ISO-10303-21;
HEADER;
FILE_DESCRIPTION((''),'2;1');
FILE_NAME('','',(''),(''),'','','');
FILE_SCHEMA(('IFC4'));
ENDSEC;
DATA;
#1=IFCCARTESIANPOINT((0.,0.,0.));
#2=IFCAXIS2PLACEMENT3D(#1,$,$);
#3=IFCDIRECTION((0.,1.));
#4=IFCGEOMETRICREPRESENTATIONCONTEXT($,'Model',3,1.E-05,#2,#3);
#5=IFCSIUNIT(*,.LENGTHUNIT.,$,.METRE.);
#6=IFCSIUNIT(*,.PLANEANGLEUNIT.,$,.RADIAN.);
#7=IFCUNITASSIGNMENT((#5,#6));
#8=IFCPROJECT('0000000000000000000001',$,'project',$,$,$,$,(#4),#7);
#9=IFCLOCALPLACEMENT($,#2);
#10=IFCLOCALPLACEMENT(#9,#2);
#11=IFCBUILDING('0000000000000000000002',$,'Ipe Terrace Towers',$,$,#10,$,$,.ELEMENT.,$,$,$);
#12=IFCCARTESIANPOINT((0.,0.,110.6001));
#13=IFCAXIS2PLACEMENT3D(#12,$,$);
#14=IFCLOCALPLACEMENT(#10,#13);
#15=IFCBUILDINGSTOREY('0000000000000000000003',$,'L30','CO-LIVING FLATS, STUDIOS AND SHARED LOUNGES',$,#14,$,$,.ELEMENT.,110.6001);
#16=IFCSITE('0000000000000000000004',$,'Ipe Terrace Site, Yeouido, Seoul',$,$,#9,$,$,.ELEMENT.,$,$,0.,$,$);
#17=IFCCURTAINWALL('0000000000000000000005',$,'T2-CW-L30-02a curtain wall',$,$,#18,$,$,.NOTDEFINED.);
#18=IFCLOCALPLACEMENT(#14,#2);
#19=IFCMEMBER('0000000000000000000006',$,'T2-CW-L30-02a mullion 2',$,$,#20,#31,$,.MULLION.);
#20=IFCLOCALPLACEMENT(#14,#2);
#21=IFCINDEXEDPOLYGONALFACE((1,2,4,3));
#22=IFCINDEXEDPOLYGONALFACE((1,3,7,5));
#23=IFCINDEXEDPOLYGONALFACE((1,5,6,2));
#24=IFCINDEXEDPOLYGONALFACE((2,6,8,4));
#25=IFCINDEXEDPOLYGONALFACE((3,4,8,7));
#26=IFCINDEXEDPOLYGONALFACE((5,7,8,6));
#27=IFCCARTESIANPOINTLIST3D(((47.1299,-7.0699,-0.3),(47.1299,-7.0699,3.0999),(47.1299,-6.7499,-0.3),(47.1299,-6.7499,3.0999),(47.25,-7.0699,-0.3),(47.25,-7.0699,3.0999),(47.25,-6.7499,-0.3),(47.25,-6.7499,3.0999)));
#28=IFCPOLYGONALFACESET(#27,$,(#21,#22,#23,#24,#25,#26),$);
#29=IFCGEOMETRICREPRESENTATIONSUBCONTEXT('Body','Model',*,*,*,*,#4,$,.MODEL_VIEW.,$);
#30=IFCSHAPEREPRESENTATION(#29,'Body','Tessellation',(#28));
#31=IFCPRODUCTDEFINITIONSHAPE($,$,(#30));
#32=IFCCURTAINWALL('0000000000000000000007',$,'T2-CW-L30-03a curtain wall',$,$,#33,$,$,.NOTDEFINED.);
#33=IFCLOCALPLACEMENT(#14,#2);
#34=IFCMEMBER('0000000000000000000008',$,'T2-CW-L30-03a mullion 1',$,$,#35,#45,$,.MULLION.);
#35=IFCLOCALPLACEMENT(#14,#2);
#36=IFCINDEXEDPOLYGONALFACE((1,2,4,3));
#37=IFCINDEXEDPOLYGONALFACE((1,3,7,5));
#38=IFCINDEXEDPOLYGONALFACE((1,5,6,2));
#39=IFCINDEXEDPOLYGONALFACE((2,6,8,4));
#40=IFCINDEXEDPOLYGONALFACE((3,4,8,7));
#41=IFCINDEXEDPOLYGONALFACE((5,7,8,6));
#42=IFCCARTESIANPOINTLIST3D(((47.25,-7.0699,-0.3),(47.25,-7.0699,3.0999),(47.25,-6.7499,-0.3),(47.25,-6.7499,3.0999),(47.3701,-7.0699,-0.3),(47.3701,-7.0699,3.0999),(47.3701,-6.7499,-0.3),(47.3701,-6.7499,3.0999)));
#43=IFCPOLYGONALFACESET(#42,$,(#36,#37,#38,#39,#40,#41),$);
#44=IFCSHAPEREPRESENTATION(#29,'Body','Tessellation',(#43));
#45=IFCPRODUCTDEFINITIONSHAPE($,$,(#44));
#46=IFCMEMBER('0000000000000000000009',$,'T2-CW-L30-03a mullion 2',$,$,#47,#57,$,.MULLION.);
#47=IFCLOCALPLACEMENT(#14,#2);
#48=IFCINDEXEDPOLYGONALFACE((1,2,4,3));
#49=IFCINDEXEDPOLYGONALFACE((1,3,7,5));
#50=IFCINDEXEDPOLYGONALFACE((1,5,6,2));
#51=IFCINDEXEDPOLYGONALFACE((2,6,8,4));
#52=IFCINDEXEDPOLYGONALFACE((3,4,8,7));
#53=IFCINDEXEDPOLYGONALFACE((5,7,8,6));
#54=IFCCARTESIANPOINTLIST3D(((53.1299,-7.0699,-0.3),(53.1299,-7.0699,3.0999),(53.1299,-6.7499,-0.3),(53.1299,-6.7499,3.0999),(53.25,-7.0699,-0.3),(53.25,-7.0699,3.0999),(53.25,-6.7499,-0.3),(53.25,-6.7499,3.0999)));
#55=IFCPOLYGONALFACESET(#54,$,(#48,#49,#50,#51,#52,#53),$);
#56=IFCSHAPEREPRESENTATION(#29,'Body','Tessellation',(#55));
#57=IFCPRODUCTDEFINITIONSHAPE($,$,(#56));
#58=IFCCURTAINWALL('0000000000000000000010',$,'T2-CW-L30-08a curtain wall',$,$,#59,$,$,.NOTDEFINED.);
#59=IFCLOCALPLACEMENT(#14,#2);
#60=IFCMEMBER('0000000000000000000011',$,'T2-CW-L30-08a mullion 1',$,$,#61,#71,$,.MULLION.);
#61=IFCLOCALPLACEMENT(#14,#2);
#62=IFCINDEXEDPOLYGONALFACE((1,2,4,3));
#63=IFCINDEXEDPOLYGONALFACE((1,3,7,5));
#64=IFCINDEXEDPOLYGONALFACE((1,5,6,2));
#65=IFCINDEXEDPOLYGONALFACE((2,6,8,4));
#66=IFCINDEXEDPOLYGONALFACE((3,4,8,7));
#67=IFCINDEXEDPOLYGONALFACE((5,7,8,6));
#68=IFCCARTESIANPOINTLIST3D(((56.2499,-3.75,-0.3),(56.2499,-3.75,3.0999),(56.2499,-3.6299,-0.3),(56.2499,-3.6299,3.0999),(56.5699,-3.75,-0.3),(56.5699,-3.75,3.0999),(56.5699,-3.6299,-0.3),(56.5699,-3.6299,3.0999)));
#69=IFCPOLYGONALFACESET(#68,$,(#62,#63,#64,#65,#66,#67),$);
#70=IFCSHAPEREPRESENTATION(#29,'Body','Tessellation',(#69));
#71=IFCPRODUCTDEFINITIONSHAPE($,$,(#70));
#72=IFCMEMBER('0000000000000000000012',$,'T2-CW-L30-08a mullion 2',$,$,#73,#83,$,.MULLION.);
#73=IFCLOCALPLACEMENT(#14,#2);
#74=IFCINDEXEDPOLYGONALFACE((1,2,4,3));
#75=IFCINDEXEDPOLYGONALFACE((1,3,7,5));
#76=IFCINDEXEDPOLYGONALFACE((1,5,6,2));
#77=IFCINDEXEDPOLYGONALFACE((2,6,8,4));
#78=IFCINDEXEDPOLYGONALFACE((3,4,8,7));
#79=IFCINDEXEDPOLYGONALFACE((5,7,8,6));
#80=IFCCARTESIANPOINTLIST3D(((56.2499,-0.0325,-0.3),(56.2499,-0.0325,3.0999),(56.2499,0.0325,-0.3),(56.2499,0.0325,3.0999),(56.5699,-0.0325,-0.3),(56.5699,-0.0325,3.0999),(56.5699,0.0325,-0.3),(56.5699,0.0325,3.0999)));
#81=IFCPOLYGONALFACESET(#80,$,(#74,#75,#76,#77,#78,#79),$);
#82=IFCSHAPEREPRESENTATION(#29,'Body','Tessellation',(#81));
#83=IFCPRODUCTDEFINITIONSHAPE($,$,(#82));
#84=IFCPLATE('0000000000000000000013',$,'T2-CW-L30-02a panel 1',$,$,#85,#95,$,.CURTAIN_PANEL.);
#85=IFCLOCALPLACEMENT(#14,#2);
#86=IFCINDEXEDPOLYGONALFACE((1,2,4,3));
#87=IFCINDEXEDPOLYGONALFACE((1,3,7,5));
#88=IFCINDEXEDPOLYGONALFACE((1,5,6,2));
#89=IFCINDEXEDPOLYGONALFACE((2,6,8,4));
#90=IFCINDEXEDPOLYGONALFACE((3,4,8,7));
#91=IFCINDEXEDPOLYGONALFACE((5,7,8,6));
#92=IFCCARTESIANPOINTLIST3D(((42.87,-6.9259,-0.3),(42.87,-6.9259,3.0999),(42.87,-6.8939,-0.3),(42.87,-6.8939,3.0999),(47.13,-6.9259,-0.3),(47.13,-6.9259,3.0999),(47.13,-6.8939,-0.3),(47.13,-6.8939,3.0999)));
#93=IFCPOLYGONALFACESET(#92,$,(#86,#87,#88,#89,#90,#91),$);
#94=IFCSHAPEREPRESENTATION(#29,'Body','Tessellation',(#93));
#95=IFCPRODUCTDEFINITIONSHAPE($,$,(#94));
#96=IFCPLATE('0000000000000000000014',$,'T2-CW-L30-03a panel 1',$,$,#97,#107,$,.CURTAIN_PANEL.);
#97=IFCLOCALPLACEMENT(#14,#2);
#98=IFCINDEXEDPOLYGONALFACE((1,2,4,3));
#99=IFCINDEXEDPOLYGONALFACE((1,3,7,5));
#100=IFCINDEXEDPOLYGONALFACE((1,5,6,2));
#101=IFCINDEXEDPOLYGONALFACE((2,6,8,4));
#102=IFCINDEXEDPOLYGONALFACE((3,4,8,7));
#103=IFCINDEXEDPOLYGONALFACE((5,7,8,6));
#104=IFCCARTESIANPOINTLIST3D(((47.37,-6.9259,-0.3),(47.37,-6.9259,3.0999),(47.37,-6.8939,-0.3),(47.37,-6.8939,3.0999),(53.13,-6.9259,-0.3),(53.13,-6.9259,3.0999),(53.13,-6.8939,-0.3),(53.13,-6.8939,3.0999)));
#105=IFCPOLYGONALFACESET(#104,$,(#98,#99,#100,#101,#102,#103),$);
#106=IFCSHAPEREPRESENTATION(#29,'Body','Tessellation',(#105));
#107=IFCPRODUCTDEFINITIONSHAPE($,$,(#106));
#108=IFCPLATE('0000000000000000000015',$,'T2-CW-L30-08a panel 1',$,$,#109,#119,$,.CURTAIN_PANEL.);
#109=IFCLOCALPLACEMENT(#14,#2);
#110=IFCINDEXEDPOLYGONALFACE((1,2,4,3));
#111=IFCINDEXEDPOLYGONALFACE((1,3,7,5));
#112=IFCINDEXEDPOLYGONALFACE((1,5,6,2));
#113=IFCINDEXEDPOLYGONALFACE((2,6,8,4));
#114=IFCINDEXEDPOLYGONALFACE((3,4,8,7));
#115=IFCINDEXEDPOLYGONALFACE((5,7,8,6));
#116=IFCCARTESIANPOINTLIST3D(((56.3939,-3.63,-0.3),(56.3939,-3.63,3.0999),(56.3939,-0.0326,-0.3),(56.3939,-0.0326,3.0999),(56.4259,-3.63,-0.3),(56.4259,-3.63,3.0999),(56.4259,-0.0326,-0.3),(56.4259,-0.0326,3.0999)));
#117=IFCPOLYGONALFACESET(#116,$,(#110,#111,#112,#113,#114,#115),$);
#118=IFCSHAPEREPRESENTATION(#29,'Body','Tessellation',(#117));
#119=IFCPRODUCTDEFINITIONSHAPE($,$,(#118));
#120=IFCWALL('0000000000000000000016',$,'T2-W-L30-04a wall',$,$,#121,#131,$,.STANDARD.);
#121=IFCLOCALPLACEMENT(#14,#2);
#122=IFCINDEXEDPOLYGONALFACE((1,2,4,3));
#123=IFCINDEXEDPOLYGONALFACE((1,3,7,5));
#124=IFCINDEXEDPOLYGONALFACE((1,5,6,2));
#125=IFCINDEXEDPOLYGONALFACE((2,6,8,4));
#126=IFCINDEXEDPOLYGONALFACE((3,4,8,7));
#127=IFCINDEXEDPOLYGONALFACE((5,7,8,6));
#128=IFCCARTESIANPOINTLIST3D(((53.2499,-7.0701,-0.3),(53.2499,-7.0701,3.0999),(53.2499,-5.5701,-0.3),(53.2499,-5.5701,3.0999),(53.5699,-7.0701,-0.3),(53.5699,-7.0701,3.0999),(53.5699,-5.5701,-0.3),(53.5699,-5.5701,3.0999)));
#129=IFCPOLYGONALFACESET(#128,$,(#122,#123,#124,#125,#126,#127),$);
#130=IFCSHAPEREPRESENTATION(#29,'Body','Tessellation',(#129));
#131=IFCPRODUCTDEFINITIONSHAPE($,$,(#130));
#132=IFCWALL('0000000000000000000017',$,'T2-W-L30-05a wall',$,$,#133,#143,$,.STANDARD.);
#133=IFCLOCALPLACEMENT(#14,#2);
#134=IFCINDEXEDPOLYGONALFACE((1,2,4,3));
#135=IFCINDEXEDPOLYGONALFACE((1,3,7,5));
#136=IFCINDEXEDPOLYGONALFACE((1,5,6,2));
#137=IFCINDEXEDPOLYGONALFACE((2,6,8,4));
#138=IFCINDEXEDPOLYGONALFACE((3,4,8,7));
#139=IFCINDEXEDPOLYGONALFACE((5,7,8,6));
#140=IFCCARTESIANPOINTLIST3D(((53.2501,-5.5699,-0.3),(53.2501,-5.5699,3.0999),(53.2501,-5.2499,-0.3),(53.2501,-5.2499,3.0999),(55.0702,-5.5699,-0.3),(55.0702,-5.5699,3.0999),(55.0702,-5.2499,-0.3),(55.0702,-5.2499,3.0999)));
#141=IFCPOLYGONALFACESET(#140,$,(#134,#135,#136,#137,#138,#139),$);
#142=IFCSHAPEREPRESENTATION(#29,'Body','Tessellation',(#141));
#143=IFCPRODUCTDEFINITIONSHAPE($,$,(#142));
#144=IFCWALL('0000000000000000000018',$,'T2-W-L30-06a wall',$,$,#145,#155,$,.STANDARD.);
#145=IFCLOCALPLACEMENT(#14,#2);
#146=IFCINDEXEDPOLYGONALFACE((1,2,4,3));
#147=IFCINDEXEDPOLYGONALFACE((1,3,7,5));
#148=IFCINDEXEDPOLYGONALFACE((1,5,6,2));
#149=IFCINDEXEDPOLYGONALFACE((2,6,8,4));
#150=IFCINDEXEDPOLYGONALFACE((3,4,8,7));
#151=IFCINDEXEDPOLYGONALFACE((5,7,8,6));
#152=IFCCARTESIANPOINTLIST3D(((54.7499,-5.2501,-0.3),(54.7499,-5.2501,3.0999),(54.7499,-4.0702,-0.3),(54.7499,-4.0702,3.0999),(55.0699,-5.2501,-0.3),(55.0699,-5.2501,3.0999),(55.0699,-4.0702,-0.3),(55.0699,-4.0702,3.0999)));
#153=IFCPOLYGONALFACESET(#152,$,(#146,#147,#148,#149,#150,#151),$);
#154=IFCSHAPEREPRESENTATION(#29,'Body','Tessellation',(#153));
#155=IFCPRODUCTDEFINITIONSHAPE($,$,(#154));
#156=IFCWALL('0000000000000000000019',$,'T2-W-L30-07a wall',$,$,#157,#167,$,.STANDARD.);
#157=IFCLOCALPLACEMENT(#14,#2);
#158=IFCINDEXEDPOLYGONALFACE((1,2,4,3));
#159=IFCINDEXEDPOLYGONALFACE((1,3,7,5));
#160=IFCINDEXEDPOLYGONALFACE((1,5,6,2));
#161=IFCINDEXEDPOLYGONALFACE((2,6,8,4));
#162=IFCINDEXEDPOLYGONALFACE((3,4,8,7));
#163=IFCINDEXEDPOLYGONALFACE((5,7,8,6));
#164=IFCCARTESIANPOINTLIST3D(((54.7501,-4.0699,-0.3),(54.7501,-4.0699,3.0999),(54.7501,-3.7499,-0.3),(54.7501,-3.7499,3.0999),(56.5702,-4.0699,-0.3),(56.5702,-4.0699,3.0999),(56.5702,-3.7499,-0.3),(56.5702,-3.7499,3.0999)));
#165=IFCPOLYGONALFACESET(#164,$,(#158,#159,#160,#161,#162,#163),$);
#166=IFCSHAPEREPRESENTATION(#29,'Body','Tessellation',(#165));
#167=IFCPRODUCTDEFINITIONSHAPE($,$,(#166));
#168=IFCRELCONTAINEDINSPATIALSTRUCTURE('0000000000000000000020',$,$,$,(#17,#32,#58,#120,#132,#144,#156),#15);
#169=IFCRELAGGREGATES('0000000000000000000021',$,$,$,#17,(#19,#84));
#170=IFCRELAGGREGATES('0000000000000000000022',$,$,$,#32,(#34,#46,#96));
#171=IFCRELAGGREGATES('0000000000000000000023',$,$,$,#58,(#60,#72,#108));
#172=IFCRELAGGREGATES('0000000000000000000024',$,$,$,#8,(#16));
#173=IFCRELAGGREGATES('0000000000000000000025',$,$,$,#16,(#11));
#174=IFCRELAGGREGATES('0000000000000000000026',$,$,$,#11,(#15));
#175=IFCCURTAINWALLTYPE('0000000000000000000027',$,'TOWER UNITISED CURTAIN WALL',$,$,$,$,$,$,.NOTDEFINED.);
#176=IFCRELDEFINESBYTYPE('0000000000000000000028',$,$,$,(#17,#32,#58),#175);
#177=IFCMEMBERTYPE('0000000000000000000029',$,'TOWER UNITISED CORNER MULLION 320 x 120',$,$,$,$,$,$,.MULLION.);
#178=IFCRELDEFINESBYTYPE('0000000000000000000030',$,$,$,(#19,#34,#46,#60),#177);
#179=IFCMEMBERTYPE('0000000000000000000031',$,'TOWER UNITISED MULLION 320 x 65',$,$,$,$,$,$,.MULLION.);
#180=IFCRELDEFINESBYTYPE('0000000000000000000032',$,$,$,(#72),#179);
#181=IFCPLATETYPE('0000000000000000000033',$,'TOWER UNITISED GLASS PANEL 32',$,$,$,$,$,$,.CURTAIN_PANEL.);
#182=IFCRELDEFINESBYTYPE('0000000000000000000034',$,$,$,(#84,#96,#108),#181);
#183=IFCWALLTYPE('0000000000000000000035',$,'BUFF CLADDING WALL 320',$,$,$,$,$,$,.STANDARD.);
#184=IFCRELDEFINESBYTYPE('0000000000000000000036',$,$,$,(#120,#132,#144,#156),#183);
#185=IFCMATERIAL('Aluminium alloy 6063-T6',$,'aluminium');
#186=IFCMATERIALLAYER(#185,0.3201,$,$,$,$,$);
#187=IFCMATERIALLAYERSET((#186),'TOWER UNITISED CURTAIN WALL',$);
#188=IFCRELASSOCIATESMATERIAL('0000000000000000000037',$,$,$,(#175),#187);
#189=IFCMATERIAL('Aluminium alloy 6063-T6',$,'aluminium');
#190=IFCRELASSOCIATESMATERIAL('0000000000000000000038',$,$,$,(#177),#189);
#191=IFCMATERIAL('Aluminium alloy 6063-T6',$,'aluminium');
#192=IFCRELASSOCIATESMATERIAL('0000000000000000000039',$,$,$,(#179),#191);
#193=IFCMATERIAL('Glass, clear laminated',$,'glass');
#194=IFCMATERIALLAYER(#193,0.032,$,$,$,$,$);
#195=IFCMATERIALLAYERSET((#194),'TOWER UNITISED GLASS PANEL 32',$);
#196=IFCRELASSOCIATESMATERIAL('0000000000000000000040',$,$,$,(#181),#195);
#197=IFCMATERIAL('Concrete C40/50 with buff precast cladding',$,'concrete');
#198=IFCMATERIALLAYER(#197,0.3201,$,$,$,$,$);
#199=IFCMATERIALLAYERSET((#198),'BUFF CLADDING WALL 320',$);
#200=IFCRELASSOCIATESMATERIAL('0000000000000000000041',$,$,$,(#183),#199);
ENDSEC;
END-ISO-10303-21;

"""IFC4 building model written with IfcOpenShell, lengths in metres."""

from ifc_helpers import new_model, si_unit, direction, frame, frame_2d, origin, origin_2d, place, context, subcontext, project, spatial, rectangle, extrude, material, layer, layer_set, material_profile, profile_set, type_object, element, aggregate, save


model = new_model("IFC4")

# Units and contexts
model_context = context("Model", 3, precision=1e-05, world=origin(), true_north=direction((0.0, 1.0)))
body_context = subcontext(model_context, "Body", "Model", "MODEL_VIEW")
ifc_project = project(units=[si_unit("LENGTHUNIT", "METRE"), si_unit("PLANEANGLEUNIT", "RADIAN")], contexts=[model_context])

# Site, building, storey
site_placement = place(None, origin())
site = spatial("IfcSite", under=ifc_project, at=site_placement, Name="Ipe Terrace Site, Yeouido, Seoul", CompositionType="ELEMENT", RefElevation=0.0)
building_placement = place(site_placement, origin())
building = spatial("IfcBuilding", under=site, at=building_placement, Name="Ipe Terrace Towers", CompositionType="ELEMENT")
storey_placement = place(building_placement, frame((0.0, 0.0, 110.6001)))
storey = spatial("IfcBuildingStorey", under=building, at=storey_placement, Name="L30", Description="CO-LIVING FLATS, STUDIOS AND SHARED LOUNGES", CompositionType="ELEMENT", Elevation=110.6001)

# Curtain walls, members
ifc_material_1 = material(Name="Aluminium alloy 6063-T6", Category="aluminium")
ifc_layer_1 = layer(ifc_material_1, 0.3201)
ifc_layer_set_1 = layer_set([ifc_layer_1], Name="TOWER UNITISED CURTAIN WALL")
curtain_wall_type = type_object("IfcCurtainWallType", Name="TOWER UNITISED CURTAIN WALL", PredefinedType="NOTDEFINED", material=ifc_layer_set_1)
curtain_wall_1_placement = place(storey_placement, origin())
curtain_wall_1 = element("IfcCurtainWall", 1, at=curtain_wall_1_placement, inside=storey, type_object=curtain_wall_type, Name="T2-CW-L30-02a curtain wall", PredefinedType="NOTDEFINED")
ifc_material_2 = material(Name="Aluminium alloy 6063-T6", Category="aluminium")
ifc_material_profile_1 = material_profile(ifc_material_2, rectangle(XDim=0.3201, YDim=0.1201, at=origin_2d()), Name="TOWER UNITISED CORNER MULLION 320 x 120")
ifc_profile_set_1 = profile_set([ifc_material_profile_1], Name="Aluminium alloy 6063-T6")
member_type_1 = type_object("IfcMemberType", Name="TOWER UNITISED CORNER MULLION 320 x 120", PredefinedType="MULLION", material=ifc_profile_set_1)
member_1_placement = place(storey_placement, frame((47.1899, -6.9099, -0.3), z_axis=(0.0, 0.0, 1.0), x_axis=(0.0, -1.0, 0.0)))
member_1 = element("IfcMember", 2, at=member_1_placement, type_object=member_type_1, Name="T2-CW-L30-02a mullion 2", PredefinedType="MULLION", context=body_context, shape_type="SweptSolid", body=[
    extrude(rectangle(XDim=0.3201, YDim=0.1201, at=origin_2d()), origin(), (0.0, 0.0, 1.0), 3.3999),
])
curtain_wall_2_placement = place(storey_placement, origin())
curtain_wall_2 = element("IfcCurtainWall", 3, at=curtain_wall_2_placement, inside=storey, type_object=curtain_wall_type, Name="T2-CW-L30-03a curtain wall", PredefinedType="NOTDEFINED")
member_2_placement = place(storey_placement, frame((47.3101, -6.9099, -0.3), z_axis=(0.0, 0.0, 1.0), x_axis=(0.0, -1.0, 0.0)))
member_2 = element("IfcMember", 4, at=member_2_placement, type_object=member_type_1, Name="T2-CW-L30-03a mullion 1", PredefinedType="MULLION", context=body_context, shape_type="SweptSolid", body=[
    extrude(rectangle(XDim=0.3201, YDim=0.1201, at=origin_2d()), origin(), (0.0, 0.0, 1.0), 3.3999),
])
member_3_placement = place(storey_placement, frame((53.1899, -6.9099, -0.3), z_axis=(0.0, 0.0, 1.0), x_axis=(0.0, -1.0, 0.0)))
member_3 = element("IfcMember", 5, at=member_3_placement, type_object=member_type_1, Name="T2-CW-L30-03a mullion 2", PredefinedType="MULLION", context=body_context, shape_type="SweptSolid", body=[
    extrude(rectangle(XDim=0.3201, YDim=0.1201, at=origin_2d()), origin(), (0.0, 0.0, 1.0), 3.3999),
])
curtain_wall_3_placement = place(storey_placement, origin())
curtain_wall_3 = element("IfcCurtainWall", 6, at=curtain_wall_3_placement, inside=storey, type_object=curtain_wall_type, Name="T2-CW-L30-08a curtain wall", PredefinedType="NOTDEFINED")
member_4_placement = place(storey_placement, frame((56.4099, -3.6899, -0.3), z_axis=(0.0, 0.0, 1.0), x_axis=(1.0, 0.0, 0.0)))
member_4 = element("IfcMember", 7, at=member_4_placement, type_object=member_type_1, Name="T2-CW-L30-08a mullion 1", PredefinedType="MULLION", context=body_context, shape_type="SweptSolid", body=[
    extrude(rectangle(XDim=0.3201, YDim=0.1201, at=origin_2d()), origin(), (0.0, 0.0, 1.0), 3.3999),
])
ifc_material_3 = material(Name="Aluminium alloy 6063-T6", Category="aluminium")
ifc_material_profile_2 = material_profile(ifc_material_3, rectangle(XDim=0.3201, YDim=0.0649, at=origin_2d()), Name="TOWER UNITISED MULLION 320 x 65")
ifc_profile_set_2 = profile_set([ifc_material_profile_2], Name="Aluminium alloy 6063-T6")
member_type_2 = type_object("IfcMemberType", Name="TOWER UNITISED MULLION 320 x 65", PredefinedType="MULLION", material=ifc_profile_set_2)
member_5_placement = place(storey_placement, frame((56.4099, 0.0, -0.3), z_axis=(0.0, 0.0, 1.0), x_axis=(1.0, 0.0, 0.0)))
member_5 = element("IfcMember", 8, at=member_5_placement, type_object=member_type_2, Name="T2-CW-L30-08a mullion 2", PredefinedType="MULLION", context=body_context, shape_type="SweptSolid", body=[
    extrude(rectangle(XDim=0.3201, YDim=0.0649, at=origin_2d()), origin(), (0.0, 0.0, 1.0), 3.3999),
])

# Plates
ifc_material_4 = material(Name="Glass, clear laminated", Category="glass")
ifc_layer_2 = layer(ifc_material_4, 0.032)
ifc_layer_set_2 = layer_set([ifc_layer_2], Name="TOWER UNITISED GLASS PANEL 32")
plate_type = type_object("IfcPlateType", Name="TOWER UNITISED GLASS PANEL 32", PredefinedType="CURTAIN_PANEL", material=ifc_layer_set_2)
plate_1_placement = place(storey_placement, frame((45.0, -6.9099, -0.3), z_axis=(0.0, 0.0, 1.0), x_axis=(1.0, 0.0, 0.0)))
plate_1 = element("IfcPlate", 9, at=plate_1_placement, type_object=plate_type, Name="T2-CW-L30-02a panel 1", PredefinedType="CURTAIN_PANEL", context=body_context, shape_type="SweptSolid", body=[
    extrude(rectangle(XDim=4.26, YDim=0.032, at=origin_2d()), origin(), (0.0, 0.0, 1.0), 3.3999),
])
aggregate(curtain_wall_1, [member_1, plate_1])
plate_2_placement = place(storey_placement, frame((50.25, -6.9099, -0.3), z_axis=(0.0, 0.0, 1.0), x_axis=(1.0, 0.0, 0.0)))
plate_2 = element("IfcPlate", 10, at=plate_2_placement, type_object=plate_type, Name="T2-CW-L30-03a panel 1", PredefinedType="CURTAIN_PANEL", context=body_context, shape_type="SweptSolid", body=[
    extrude(rectangle(XDim=5.76, YDim=0.032, at=origin_2d()), origin(), (0.0, 0.0, 1.0), 3.3999),
])
aggregate(curtain_wall_2, [member_2, member_3, plate_2])
plate_3_placement = place(storey_placement, frame((56.4099, -1.8313, -0.3), z_axis=(0.0, 0.0, 1.0), x_axis=(0.0, 1.0, 0.0)))
plate_3 = element("IfcPlate", 11, at=plate_3_placement, type_object=plate_type, Name="T2-CW-L30-08a panel 1", PredefinedType="CURTAIN_PANEL", context=body_context, shape_type="SweptSolid", body=[
    extrude(rectangle(XDim=3.5974, YDim=0.032, at=origin_2d()), origin(), (0.0, 0.0, 1.0), 3.3999),
])
aggregate(curtain_wall_3, [member_4, member_5, plate_3])

# Walls
ifc_material_5 = material(Name="Concrete C40/50 with buff precast cladding", Category="concrete")
ifc_layer_3 = layer(ifc_material_5, 0.3201)
ifc_layer_set_3 = layer_set([ifc_layer_3], Name="BUFF CLADDING WALL 320")
wall_type_1 = type_object("IfcWallType", Name="BUFF CLADDING WALL 320", PredefinedType="STANDARD", material=ifc_layer_set_3)
wall_1_placement = place(storey_placement, frame((53.4099, -7.0701, -0.3), z_axis=(0.0, 0.0, 1.0), x_axis=(0.0, 1.0, 0.0)))
element("IfcWall", 12, at=wall_1_placement, inside=storey, type_object=wall_type_1, Name="T2-W-L30-04a wall", PredefinedType="STANDARD", context=body_context, shape_type="SweptSolid", body=[
    extrude(rectangle(XDim=1.5, YDim=0.3201, at=frame_2d((0.75, 0.0))), origin(), (0.0, 0.0, 1.0), 3.3999),
])
wall_2_placement = place(storey_placement, frame((53.25, -5.4099, -0.3), z_axis=(0.0, 0.0, 1.0), x_axis=(1.0, 0.0, 0.0)))
element("IfcWall", 13, at=wall_2_placement, inside=storey, type_object=wall_type_1, Name="T2-W-L30-05a wall", PredefinedType="STANDARD", context=body_context, shape_type="SweptSolid", body=[
    extrude(rectangle(XDim=1.8201, YDim=0.3201, at=frame_2d((0.9102, 0.0))), origin(), (0.0, 0.0, 1.0), 3.3999),
])
wall_3_placement = place(storey_placement, frame((54.9099, -5.25, -0.3), z_axis=(0.0, 0.0, 1.0), x_axis=(0.0, 1.0, 0.0)))
element("IfcWall", 14, at=wall_3_placement, inside=storey, type_object=wall_type_1, Name="T2-W-L30-06a wall", PredefinedType="STANDARD", context=body_context, shape_type="SweptSolid", body=[
    extrude(rectangle(XDim=1.1799, YDim=0.3201, at=frame_2d((0.5898, 0.0))), origin(), (0.0, 0.0, 1.0), 3.3999),
])
wall_4_placement = place(storey_placement, frame((54.75, -3.9099, -0.3), z_axis=(0.0, 0.0, 1.0), x_axis=(1.0, 0.0, 0.0)))
element("IfcWall", 15, at=wall_4_placement, inside=storey, type_object=wall_type_1, Name="T2-W-L30-07a wall", PredefinedType="STANDARD", context=body_context, shape_type="SweptSolid", body=[
    extrude(rectangle(XDim=1.8201, YDim=0.3201, at=frame_2d((0.9102, 0.0))), origin(), (0.0, 0.0, 1.0), 3.3999),
])

save(model, "model.ifc")
